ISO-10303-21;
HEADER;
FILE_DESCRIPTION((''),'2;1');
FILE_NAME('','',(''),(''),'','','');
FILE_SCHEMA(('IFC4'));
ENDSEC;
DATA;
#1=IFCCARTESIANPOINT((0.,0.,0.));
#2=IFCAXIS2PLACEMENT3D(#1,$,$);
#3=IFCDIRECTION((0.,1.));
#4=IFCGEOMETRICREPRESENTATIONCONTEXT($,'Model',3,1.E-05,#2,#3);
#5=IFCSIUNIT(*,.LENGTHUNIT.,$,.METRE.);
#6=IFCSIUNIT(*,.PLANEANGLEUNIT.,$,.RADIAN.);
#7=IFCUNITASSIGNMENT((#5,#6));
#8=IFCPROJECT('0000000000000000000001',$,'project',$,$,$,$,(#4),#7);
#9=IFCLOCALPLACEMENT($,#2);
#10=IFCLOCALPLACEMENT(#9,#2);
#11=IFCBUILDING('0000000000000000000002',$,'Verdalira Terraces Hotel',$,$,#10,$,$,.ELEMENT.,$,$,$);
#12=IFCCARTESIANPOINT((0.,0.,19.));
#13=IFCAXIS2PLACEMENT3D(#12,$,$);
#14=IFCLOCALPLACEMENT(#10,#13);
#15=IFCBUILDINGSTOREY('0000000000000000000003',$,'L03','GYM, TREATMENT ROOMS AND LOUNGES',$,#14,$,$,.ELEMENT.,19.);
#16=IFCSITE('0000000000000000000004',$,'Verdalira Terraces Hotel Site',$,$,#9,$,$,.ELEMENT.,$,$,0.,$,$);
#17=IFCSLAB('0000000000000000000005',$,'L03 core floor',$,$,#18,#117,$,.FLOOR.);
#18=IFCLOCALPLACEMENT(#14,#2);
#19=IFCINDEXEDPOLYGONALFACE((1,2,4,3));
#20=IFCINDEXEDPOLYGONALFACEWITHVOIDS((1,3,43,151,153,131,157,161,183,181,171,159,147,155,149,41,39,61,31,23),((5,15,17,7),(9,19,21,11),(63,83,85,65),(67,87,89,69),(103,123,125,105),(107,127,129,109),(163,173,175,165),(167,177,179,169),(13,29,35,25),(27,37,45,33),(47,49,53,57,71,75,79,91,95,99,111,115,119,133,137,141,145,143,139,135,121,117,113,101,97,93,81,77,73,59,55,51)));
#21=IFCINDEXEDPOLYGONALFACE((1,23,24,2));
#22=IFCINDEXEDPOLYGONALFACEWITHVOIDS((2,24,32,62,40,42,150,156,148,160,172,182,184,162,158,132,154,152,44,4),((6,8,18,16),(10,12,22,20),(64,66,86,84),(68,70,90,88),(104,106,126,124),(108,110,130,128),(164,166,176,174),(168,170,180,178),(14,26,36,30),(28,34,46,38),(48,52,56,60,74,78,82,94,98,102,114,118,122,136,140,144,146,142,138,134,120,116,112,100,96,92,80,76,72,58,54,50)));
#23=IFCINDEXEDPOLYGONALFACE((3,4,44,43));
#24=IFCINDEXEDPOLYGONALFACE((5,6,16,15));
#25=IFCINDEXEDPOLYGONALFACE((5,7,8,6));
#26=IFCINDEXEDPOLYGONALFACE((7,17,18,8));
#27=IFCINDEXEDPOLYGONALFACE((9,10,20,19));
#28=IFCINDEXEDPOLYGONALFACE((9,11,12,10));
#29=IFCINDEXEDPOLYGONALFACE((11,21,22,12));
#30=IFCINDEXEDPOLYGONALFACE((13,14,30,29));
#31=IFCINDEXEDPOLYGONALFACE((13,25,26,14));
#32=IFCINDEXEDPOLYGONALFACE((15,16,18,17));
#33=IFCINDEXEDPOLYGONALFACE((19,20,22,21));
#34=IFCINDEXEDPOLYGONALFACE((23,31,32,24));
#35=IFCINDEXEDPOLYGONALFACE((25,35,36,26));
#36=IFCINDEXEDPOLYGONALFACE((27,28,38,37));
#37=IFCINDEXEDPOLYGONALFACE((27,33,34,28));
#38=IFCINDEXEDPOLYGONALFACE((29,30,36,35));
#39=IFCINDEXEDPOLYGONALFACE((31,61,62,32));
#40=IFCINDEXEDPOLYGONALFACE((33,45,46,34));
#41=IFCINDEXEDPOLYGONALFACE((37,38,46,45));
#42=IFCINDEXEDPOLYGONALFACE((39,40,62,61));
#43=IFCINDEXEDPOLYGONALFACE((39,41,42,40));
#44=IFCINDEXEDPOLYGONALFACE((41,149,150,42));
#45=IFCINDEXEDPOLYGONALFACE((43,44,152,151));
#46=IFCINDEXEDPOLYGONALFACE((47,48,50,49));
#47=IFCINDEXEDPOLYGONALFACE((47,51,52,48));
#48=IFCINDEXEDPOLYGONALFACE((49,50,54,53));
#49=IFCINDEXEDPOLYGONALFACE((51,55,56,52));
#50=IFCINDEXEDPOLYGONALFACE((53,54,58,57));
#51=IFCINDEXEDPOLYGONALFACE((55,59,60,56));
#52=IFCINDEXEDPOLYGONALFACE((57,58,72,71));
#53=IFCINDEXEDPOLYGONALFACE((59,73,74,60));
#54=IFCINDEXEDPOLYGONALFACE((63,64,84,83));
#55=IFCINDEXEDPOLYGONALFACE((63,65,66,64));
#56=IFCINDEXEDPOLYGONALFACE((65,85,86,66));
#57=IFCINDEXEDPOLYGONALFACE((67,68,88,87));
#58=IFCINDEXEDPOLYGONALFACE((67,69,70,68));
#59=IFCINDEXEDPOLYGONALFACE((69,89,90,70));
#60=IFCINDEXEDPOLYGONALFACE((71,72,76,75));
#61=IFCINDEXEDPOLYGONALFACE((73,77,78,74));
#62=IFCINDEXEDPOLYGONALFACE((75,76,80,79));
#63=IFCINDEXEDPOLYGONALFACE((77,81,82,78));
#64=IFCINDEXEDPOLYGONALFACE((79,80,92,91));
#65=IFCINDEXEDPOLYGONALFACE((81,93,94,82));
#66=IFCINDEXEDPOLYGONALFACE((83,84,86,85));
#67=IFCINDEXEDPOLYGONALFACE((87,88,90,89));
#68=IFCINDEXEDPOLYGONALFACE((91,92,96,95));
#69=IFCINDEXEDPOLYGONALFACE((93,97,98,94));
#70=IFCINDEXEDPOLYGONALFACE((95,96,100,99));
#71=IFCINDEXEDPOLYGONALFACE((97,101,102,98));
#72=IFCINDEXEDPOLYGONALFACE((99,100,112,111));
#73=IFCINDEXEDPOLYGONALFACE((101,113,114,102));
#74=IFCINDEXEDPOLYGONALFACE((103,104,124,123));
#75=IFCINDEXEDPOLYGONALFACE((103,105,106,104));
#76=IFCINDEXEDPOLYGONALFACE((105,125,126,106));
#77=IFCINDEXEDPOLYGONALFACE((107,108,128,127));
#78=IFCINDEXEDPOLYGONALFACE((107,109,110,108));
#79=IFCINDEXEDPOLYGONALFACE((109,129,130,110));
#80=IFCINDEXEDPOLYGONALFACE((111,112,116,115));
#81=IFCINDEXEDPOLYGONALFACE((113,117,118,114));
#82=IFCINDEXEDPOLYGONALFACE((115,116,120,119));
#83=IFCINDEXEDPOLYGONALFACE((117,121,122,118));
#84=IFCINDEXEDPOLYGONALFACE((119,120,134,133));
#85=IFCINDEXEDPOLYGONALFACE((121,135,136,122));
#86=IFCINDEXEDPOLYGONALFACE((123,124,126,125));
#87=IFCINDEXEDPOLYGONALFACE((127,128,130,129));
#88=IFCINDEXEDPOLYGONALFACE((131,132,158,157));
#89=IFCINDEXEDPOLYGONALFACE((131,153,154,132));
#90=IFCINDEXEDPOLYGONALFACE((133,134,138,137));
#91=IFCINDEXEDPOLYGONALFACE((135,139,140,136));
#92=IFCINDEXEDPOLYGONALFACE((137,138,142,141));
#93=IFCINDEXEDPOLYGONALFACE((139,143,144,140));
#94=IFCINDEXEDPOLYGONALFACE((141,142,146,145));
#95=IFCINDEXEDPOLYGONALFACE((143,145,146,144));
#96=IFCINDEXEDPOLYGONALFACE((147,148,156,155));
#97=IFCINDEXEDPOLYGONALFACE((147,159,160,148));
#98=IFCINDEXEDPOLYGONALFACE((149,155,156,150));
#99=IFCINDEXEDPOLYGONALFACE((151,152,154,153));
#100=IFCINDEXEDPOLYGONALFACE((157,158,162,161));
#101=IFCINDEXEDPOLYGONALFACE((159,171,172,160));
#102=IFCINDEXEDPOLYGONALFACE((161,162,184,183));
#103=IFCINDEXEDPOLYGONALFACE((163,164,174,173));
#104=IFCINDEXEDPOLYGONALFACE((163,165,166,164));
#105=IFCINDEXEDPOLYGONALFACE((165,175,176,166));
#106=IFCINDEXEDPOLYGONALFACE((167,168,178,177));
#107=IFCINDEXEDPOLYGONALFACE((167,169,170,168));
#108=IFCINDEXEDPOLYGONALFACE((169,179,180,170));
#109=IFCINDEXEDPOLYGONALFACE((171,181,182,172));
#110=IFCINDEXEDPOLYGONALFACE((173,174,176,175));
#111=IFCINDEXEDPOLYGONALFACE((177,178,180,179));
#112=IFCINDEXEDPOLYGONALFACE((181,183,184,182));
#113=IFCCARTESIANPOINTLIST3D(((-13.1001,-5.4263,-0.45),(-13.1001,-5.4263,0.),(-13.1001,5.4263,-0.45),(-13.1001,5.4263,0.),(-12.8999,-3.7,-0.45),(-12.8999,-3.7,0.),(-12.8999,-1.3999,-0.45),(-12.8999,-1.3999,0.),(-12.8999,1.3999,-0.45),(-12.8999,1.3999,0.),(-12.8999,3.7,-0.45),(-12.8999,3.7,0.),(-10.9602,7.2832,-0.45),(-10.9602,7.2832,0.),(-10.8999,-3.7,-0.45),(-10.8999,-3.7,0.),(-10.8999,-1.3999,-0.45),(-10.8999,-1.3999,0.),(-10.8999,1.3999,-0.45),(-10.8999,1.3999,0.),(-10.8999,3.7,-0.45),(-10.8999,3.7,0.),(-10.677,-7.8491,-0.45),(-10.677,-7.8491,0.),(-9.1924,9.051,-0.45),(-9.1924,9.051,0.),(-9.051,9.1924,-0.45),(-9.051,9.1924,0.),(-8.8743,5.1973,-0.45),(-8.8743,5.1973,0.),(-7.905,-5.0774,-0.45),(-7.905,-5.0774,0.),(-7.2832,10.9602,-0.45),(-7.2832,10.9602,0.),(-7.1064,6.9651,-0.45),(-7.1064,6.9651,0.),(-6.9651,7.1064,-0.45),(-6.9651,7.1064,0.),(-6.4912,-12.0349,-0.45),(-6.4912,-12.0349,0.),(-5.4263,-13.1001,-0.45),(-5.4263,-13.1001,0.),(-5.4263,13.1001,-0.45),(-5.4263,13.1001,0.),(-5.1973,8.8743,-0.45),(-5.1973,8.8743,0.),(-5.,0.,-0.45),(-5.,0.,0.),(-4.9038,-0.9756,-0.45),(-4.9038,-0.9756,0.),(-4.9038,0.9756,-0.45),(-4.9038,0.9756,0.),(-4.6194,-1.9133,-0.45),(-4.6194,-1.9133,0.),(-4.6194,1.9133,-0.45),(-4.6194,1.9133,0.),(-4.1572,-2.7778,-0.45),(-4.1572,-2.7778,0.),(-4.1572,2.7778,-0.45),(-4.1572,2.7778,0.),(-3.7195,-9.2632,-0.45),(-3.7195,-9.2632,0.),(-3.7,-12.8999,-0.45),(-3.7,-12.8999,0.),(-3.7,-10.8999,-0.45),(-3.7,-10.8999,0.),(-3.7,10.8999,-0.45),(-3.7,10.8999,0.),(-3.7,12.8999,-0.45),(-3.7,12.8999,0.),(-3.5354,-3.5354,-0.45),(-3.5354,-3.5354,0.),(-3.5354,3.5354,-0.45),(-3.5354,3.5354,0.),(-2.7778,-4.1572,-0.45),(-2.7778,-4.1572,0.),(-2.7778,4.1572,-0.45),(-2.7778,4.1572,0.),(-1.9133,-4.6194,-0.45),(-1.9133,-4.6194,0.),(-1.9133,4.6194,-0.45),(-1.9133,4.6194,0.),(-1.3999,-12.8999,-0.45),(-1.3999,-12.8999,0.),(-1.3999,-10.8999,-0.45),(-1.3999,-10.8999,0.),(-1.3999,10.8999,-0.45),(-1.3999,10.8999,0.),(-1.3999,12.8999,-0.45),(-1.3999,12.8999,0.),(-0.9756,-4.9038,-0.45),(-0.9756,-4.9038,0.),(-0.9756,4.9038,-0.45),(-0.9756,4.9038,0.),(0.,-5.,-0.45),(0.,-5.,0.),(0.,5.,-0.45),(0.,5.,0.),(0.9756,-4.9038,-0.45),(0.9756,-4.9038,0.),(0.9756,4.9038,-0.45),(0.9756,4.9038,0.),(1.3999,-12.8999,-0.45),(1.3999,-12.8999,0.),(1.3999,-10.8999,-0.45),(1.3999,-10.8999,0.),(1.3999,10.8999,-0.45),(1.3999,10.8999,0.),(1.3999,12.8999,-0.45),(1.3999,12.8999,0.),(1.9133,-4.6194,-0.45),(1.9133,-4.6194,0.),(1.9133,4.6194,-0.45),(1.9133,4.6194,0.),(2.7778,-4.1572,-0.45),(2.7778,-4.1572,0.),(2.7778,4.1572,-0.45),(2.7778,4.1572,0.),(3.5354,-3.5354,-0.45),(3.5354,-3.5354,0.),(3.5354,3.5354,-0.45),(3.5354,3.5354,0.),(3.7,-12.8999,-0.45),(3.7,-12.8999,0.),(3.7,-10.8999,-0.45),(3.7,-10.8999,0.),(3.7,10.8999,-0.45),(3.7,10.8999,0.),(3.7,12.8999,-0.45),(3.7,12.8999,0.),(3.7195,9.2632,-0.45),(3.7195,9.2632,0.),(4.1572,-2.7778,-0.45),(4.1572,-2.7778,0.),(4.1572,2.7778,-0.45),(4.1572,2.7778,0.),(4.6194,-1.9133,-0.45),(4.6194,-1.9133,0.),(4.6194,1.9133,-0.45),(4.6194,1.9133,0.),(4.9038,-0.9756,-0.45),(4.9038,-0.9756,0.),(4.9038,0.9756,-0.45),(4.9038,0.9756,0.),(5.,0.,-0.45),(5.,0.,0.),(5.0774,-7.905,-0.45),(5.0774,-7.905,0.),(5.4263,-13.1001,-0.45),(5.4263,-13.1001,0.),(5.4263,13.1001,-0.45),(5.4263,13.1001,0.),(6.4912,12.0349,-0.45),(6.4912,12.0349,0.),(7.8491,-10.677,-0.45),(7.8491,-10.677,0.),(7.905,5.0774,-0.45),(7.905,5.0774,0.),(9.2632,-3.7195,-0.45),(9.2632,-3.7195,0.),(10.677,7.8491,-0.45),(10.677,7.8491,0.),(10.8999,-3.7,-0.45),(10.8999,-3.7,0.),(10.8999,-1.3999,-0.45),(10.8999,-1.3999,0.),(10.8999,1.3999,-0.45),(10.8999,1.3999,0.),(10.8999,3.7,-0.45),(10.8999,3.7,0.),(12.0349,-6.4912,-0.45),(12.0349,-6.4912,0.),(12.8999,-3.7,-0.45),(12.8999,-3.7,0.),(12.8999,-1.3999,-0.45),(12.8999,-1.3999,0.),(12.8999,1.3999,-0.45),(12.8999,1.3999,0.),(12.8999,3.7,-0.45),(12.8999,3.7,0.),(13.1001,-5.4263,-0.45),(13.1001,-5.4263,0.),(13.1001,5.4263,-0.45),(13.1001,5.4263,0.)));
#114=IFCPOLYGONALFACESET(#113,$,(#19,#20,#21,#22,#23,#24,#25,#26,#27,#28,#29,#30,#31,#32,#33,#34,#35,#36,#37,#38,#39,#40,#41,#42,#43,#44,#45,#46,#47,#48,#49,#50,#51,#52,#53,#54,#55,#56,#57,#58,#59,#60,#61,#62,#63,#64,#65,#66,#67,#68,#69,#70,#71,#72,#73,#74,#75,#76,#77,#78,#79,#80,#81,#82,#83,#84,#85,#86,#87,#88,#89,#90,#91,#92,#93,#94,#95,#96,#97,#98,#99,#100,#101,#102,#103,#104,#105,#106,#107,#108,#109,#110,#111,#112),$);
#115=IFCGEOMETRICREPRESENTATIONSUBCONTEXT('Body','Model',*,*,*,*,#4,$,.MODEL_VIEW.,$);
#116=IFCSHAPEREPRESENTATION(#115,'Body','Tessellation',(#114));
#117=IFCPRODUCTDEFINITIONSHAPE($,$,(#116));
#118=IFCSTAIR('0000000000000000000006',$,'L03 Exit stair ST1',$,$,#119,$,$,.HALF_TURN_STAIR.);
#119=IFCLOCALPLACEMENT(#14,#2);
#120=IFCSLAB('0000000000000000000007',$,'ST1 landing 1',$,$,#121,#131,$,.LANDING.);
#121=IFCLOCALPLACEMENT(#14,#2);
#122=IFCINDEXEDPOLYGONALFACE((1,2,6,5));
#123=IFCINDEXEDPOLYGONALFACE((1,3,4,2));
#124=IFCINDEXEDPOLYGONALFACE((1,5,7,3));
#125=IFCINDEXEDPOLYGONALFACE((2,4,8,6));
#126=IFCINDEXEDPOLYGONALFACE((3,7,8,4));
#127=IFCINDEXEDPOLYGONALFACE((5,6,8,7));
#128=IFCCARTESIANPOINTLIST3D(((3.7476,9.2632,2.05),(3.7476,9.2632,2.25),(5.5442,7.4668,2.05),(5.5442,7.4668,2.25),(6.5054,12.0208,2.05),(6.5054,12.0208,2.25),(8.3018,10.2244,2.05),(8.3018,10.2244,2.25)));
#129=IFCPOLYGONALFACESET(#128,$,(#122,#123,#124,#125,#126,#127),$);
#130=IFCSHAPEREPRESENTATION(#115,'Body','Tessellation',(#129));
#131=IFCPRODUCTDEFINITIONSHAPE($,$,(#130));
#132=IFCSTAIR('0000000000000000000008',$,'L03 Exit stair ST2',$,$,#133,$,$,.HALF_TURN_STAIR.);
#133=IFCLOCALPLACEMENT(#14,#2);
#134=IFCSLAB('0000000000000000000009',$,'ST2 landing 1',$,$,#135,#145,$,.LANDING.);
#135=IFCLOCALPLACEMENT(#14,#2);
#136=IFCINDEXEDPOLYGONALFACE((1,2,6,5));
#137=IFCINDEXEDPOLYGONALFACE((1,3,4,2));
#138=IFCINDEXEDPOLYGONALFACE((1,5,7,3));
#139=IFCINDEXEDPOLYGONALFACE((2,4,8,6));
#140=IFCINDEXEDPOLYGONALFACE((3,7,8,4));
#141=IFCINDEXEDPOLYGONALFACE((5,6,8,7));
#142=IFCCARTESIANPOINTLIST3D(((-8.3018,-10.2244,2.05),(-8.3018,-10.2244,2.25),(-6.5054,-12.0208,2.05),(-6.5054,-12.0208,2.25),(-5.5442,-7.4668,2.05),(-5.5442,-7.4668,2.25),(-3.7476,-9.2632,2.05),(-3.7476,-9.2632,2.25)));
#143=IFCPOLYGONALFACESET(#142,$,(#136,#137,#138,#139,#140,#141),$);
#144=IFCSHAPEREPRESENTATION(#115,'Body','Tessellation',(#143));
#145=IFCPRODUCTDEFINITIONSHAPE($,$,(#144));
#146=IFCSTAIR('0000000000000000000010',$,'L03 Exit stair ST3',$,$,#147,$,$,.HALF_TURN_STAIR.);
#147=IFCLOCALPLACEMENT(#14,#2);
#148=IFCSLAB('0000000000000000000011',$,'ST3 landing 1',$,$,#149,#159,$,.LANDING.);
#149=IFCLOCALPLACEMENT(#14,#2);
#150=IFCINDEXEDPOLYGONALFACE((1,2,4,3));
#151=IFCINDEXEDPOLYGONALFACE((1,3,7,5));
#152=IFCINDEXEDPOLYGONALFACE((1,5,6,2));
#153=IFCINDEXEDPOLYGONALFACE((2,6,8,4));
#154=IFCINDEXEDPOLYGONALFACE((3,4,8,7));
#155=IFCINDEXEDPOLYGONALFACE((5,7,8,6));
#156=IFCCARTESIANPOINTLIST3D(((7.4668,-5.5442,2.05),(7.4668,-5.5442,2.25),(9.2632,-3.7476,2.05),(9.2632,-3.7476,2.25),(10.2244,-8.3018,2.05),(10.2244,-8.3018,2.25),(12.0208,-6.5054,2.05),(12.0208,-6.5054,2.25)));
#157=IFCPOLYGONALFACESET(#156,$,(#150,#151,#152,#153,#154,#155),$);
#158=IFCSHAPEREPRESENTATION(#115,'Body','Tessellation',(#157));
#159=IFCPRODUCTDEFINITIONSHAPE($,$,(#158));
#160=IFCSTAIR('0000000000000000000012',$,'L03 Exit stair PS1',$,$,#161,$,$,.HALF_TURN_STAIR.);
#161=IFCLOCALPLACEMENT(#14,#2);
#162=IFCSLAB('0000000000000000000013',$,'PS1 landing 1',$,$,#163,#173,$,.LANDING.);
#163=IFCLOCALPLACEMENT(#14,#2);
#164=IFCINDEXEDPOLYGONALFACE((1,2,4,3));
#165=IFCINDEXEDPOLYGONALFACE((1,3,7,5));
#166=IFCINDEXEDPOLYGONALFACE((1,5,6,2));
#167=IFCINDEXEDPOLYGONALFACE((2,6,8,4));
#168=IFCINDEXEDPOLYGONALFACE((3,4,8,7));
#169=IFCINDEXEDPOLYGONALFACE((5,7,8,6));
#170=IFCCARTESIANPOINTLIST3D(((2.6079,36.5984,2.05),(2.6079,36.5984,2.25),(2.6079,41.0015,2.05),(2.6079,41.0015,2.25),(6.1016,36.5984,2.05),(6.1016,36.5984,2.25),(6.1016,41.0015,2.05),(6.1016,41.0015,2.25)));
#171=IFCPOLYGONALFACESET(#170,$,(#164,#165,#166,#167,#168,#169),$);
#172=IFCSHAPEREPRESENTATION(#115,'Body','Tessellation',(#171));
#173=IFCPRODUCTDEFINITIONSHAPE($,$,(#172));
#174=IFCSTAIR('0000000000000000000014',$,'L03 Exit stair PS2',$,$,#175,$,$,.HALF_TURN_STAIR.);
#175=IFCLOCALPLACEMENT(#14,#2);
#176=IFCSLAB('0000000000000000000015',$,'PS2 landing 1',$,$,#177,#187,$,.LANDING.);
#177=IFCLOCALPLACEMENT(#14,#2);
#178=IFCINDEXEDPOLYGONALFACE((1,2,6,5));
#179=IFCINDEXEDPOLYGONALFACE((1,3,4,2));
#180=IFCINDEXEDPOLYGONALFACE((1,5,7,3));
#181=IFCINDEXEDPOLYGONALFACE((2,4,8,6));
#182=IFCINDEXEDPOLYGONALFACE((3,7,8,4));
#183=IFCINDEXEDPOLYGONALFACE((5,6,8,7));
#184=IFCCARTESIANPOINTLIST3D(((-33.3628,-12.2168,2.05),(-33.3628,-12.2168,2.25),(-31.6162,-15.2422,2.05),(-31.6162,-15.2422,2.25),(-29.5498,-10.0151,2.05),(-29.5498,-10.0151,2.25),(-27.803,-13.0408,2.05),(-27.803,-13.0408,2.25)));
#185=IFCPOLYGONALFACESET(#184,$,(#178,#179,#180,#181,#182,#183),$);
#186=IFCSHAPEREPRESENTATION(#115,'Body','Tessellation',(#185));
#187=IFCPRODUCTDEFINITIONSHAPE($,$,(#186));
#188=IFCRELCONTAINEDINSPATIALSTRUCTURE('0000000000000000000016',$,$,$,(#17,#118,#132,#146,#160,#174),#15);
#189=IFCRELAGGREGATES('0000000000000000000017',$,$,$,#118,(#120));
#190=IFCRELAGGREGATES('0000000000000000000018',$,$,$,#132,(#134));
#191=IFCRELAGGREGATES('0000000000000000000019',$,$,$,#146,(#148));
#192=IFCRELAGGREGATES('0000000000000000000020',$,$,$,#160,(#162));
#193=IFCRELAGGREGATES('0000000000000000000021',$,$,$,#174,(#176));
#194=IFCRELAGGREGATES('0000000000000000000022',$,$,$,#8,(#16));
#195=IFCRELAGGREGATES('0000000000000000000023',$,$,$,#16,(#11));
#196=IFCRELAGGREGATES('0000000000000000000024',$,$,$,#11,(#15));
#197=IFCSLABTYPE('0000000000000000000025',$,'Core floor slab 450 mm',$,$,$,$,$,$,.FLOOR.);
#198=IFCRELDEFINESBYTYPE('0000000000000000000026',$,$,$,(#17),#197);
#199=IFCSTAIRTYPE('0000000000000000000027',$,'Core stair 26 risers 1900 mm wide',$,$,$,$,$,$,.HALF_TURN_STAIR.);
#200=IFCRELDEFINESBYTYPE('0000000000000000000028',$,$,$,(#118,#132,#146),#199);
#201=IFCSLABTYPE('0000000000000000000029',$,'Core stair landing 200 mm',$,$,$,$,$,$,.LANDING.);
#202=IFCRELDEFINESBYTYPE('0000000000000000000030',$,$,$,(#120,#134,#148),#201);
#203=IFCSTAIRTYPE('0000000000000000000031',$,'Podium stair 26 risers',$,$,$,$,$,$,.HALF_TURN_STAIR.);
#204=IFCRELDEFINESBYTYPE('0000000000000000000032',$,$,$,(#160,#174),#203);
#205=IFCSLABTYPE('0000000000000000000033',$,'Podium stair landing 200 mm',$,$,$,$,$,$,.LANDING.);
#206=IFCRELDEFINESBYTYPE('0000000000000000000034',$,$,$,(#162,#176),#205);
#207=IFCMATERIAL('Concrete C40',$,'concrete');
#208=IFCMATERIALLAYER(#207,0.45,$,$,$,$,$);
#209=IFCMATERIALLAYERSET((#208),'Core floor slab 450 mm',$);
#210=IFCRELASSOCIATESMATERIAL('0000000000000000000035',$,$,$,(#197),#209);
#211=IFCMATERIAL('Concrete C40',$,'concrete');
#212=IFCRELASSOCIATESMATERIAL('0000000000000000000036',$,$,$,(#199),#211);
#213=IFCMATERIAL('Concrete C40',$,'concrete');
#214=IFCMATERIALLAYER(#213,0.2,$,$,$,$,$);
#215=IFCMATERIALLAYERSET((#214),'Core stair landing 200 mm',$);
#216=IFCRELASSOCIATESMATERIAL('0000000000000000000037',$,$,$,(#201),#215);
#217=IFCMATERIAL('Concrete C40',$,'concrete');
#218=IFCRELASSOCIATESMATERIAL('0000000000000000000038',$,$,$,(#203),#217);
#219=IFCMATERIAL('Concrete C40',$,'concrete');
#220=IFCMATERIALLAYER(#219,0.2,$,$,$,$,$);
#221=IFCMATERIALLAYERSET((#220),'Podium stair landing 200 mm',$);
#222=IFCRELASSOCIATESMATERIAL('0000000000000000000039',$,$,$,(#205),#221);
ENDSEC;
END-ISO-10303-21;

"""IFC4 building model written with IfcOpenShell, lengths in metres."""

from ifc_helpers import new_model, si_unit, direction, frame, origin, place, context, subcontext, project, spatial, polyline, outline, extrude, material, layer, layer_set, type_object, element, aggregate, save


model = new_model("IFC4")

# Units and contexts
model_context = context("Model", 3, precision=1e-05, world=origin(), true_north=direction((0.0, 1.0)))
body_context = subcontext(model_context, "Body", "Model", "MODEL_VIEW")
ifc_project = project(units=[si_unit("LENGTHUNIT", "METRE"), si_unit("PLANEANGLEUNIT", "RADIAN")], contexts=[model_context])

# Site, building, storey
site_placement = place(None, origin())
site = spatial("IfcSite", under=ifc_project, at=site_placement, Name="Verdalira Terraces Hotel Site", CompositionType="ELEMENT", RefElevation=0.0)
building_placement = place(site_placement, origin())
building = spatial("IfcBuilding", under=site, at=building_placement, Name="Verdalira Terraces Hotel", CompositionType="ELEMENT")
storey_placement = place(building_placement, frame((0.0, 0.0, 19.0)))
storey = spatial("IfcBuildingStorey", under=building, at=storey_placement, Name="L03", Description="GYM, TREATMENT ROOMS AND LOUNGES", CompositionType="ELEMENT", Elevation=19.0)

# Slab
ifc_material_1 = material(Name="Concrete C40", Category="concrete")
ifc_layer_1 = layer(ifc_material_1, 0.45)
ifc_layer_set_1 = layer_set([ifc_layer_1], Name="Core floor slab 450 mm")
slab_type_1 = type_object("IfcSlabType", Name="Core floor slab 450 mm", PredefinedType="FLOOR", material=ifc_layer_set_1)
slab_1_placement = place(storey_placement, frame((0.0, 0.0, -0.45)))
element("IfcSlab", 1, at=slab_1_placement, inside=storey, type_object=slab_type_1, Name="L03 core floor", PredefinedType="FLOOR", context=body_context, shape_type="SweptSolid", body=[
    extrude(outline(polyline([(-5.4263, 13.1001), (5.4263, 13.1001), (6.4912, 12.0349), (3.7195, 9.2632), (7.905, 5.0774), (10.677, 7.8491), (13.1001, 5.4263), (13.1001, -5.4263), (12.0349, -6.4912), (9.2632, -3.7195), (5.0774, -7.905), (7.8491, -10.677), (5.4263, -13.1001), (-5.4263, -13.1001), (-6.4912, -12.0349), (-3.7195, -9.2632), (-7.905, -5.0774), (-10.677, -7.8491), (-13.1001, -5.4263), (-13.1001, 5.4263), (-5.4263, 13.1001)]), holes=[polyline([(12.8999, -3.7), (12.8999, -1.3999), (10.8999, -1.3999), (10.8999, -3.7), (12.8999, -3.7)]), polyline([(12.8999, 1.3999), (12.8999, 3.7), (10.8999, 3.7), (10.8999, 1.3999), (12.8999, 1.3999)]), polyline([(1.3999, 10.8999), (3.7, 10.8999), (3.7, 12.8999), (1.3999, 12.8999), (1.3999, 10.8999)]), polyline([(-3.7, 10.8999), (-1.3999, 10.8999), (-1.3999, 12.8999), (-3.7, 12.8999), (-3.7, 10.8999)]), polyline([(-12.8999, 3.7), (-12.8999, 1.3999), (-10.8999, 1.3999), (-10.8999, 3.7), (-12.8999, 3.7)]), polyline([(-12.8999, -1.3999), (-12.8999, -3.7), (-10.8999, -3.7), (-10.8999, -1.3999), (-12.8999, -1.3999)]), polyline([(-1.3999, -10.8999), (-3.7, -10.8999), (-3.7, -12.8999), (-1.3999, -12.8999), (-1.3999, -10.8999)]), polyline([(3.7, -10.8999), (1.3999, -10.8999), (1.3999, -12.8999), (3.7, -12.8999), (3.7, -10.8999)]), polyline([(-9.051, 9.1924), (-6.9651, 7.1064), (-5.1973, 8.8743), (-7.2832, 10.9602), (-9.051, 9.1924)]), polyline([(-9.1924, 9.051), (-10.9602, 7.2832), (-8.8743, 5.1973), (-7.1064, 6.9651), (-9.1924, 9.051)]), polyline([(3.5354, 3.5354), (2.7778, 4.1572), (1.9133, 4.6194), (0.9756, 4.9038), (0.0, 5.0), (-0.9756, 4.9038), (-1.9133, 4.6194), (-2.7778, 4.1572), (-3.5354, 3.5354), (-4.1572, 2.7778), (-4.6194, 1.9133), (-4.9038, 0.9756), (-5.0, 0.0), (-4.9038, -0.9756), (-4.6194, -1.9133), (-4.1572, -2.7778), (-3.5354, -3.5354), (-2.7778, -4.1572), (-1.9133, -4.6194), (-0.9756, -4.9038), (0.0, -5.0), (0.9756, -4.9038), (1.9133, -4.6194), (2.7778, -4.1572), (3.5354, -3.5354), (4.1572, -2.7778), (4.6194, -1.9133), (4.9038, -0.9756), (5.0, 0.0), (4.9038, 0.9756), (4.6194, 1.9133), (4.1572, 2.7778), (3.5354, 3.5354)])]), origin(), (0.0, 0.0, 1.0), 0.45),
])

# Stairs, slabs
ifc_material_2 = material(Name="Concrete C40", Category="concrete")
stair_type_1 = type_object("IfcStairType", Name="Core stair 26 risers 1900 mm wide", PredefinedType="HALF_TURN_STAIR", material=ifc_material_2)
stair_1_placement = place(storey_placement, origin())
stair_1 = element("IfcStair", 2, at=stair_1_placement, inside=storey, type_object=stair_type_1, Name="L03 Exit stair ST1", PredefinedType="HALF_TURN_STAIR")
ifc_material_3 = material(Name="Concrete C40", Category="concrete")
ifc_layer_2 = layer(ifc_material_3, 0.2)
ifc_layer_set_2 = layer_set([ifc_layer_2], Name="Core stair landing 200 mm")
slab_type_2 = type_object("IfcSlabType", Name="Core stair landing 200 mm", PredefinedType="LANDING", material=ifc_layer_set_2)
slab_2_placement = place(storey_placement, frame((0.0, 0.0, 2.05)))
slab_2 = element("IfcSlab", 3, at=slab_2_placement, type_object=slab_type_2, Name="ST1 landing 1", PredefinedType="LANDING", context=body_context, shape_type="SweptSolid", body=[
    extrude(outline(polyline([(8.3018, 10.2244), (6.5054, 12.0208), (3.7476, 9.2632), (5.5442, 7.4668), (8.3018, 10.2244)])), origin(), (0.0, 0.0, 1.0), 0.2),
])
aggregate(stair_1, [slab_2])
stair_2_placement = place(storey_placement, origin())
stair_2 = element("IfcStair", 4, at=stair_2_placement, inside=storey, type_object=stair_type_1, Name="L03 Exit stair ST2", PredefinedType="HALF_TURN_STAIR")
slab_3_placement = place(storey_placement, frame((0.0, 0.0, 2.05)))
slab_3 = element("IfcSlab", 5, at=slab_3_placement, type_object=slab_type_2, Name="ST2 landing 1", PredefinedType="LANDING", context=body_context, shape_type="SweptSolid", body=[
    extrude(outline(polyline([(-8.3018, -10.2244), (-6.5054, -12.0208), (-3.7476, -9.2632), (-5.5442, -7.4668), (-8.3018, -10.2244)])), origin(), (0.0, 0.0, 1.0), 0.2),
])
aggregate(stair_2, [slab_3])
stair_3_placement = place(storey_placement, origin())
stair_3 = element("IfcStair", 6, at=stair_3_placement, inside=storey, type_object=stair_type_1, Name="L03 Exit stair ST3", PredefinedType="HALF_TURN_STAIR")
slab_4_placement = place(storey_placement, frame((0.0, 0.0, 2.05)))
slab_4 = element("IfcSlab", 7, at=slab_4_placement, type_object=slab_type_2, Name="ST3 landing 1", PredefinedType="LANDING", context=body_context, shape_type="SweptSolid", body=[
    extrude(outline(polyline([(10.2244, -8.3018), (12.0208, -6.5054), (9.2632, -3.7476), (7.4668, -5.5442), (10.2244, -8.3018)])), origin(), (0.0, 0.0, 1.0), 0.2),
])
aggregate(stair_3, [slab_4])
ifc_material_4 = material(Name="Concrete C40", Category="concrete")
stair_type_2 = type_object("IfcStairType", Name="Podium stair 26 risers", PredefinedType="HALF_TURN_STAIR", material=ifc_material_4)
stair_4_placement = place(storey_placement, origin())
stair_4 = element("IfcStair", 8, at=stair_4_placement, inside=storey, type_object=stair_type_2, Name="L03 Exit stair PS1", PredefinedType="HALF_TURN_STAIR")
ifc_material_5 = material(Name="Concrete C40", Category="concrete")
ifc_layer_3 = layer(ifc_material_5, 0.2)
ifc_layer_set_3 = layer_set([ifc_layer_3], Name="Podium stair landing 200 mm")
slab_type_3 = type_object("IfcSlabType", Name="Podium stair landing 200 mm", PredefinedType="LANDING", material=ifc_layer_set_3)
slab_5_placement = place(storey_placement, frame((0.0, 0.0, 2.05)))
slab_5 = element("IfcSlab", 9, at=slab_5_placement, type_object=slab_type_3, Name="PS1 landing 1", PredefinedType="LANDING", context=body_context, shape_type="SweptSolid", body=[
    extrude(outline(polyline([(6.1016, 41.0015), (2.6079, 41.0015), (2.6079, 36.5984), (6.1016, 36.5984), (6.1016, 41.0015)])), origin(), (0.0, 0.0, 1.0), 0.2),
])
aggregate(stair_4, [slab_5])
stair_5_placement = place(storey_placement, origin())
stair_5 = element("IfcStair", 10, at=stair_5_placement, inside=storey, type_object=stair_type_2, Name="L03 Exit stair PS2", PredefinedType="HALF_TURN_STAIR")
slab_6_placement = place(storey_placement, frame((0.0, 0.0, 2.05)))
slab_6 = element("IfcSlab", 11, at=slab_6_placement, type_object=slab_type_3, Name="PS2 landing 1", PredefinedType="LANDING", context=body_context, shape_type="SweptSolid", body=[
    extrude(outline(polyline([(-33.3628, -12.2168), (-31.6162, -15.2422), (-27.803, -13.0408), (-29.5498, -10.0151), (-33.3628, -12.2168)])), origin(), (0.0, 0.0, 1.0), 0.2),
])
aggregate(stair_5, [slab_6])

save(model, "model.ifc")
